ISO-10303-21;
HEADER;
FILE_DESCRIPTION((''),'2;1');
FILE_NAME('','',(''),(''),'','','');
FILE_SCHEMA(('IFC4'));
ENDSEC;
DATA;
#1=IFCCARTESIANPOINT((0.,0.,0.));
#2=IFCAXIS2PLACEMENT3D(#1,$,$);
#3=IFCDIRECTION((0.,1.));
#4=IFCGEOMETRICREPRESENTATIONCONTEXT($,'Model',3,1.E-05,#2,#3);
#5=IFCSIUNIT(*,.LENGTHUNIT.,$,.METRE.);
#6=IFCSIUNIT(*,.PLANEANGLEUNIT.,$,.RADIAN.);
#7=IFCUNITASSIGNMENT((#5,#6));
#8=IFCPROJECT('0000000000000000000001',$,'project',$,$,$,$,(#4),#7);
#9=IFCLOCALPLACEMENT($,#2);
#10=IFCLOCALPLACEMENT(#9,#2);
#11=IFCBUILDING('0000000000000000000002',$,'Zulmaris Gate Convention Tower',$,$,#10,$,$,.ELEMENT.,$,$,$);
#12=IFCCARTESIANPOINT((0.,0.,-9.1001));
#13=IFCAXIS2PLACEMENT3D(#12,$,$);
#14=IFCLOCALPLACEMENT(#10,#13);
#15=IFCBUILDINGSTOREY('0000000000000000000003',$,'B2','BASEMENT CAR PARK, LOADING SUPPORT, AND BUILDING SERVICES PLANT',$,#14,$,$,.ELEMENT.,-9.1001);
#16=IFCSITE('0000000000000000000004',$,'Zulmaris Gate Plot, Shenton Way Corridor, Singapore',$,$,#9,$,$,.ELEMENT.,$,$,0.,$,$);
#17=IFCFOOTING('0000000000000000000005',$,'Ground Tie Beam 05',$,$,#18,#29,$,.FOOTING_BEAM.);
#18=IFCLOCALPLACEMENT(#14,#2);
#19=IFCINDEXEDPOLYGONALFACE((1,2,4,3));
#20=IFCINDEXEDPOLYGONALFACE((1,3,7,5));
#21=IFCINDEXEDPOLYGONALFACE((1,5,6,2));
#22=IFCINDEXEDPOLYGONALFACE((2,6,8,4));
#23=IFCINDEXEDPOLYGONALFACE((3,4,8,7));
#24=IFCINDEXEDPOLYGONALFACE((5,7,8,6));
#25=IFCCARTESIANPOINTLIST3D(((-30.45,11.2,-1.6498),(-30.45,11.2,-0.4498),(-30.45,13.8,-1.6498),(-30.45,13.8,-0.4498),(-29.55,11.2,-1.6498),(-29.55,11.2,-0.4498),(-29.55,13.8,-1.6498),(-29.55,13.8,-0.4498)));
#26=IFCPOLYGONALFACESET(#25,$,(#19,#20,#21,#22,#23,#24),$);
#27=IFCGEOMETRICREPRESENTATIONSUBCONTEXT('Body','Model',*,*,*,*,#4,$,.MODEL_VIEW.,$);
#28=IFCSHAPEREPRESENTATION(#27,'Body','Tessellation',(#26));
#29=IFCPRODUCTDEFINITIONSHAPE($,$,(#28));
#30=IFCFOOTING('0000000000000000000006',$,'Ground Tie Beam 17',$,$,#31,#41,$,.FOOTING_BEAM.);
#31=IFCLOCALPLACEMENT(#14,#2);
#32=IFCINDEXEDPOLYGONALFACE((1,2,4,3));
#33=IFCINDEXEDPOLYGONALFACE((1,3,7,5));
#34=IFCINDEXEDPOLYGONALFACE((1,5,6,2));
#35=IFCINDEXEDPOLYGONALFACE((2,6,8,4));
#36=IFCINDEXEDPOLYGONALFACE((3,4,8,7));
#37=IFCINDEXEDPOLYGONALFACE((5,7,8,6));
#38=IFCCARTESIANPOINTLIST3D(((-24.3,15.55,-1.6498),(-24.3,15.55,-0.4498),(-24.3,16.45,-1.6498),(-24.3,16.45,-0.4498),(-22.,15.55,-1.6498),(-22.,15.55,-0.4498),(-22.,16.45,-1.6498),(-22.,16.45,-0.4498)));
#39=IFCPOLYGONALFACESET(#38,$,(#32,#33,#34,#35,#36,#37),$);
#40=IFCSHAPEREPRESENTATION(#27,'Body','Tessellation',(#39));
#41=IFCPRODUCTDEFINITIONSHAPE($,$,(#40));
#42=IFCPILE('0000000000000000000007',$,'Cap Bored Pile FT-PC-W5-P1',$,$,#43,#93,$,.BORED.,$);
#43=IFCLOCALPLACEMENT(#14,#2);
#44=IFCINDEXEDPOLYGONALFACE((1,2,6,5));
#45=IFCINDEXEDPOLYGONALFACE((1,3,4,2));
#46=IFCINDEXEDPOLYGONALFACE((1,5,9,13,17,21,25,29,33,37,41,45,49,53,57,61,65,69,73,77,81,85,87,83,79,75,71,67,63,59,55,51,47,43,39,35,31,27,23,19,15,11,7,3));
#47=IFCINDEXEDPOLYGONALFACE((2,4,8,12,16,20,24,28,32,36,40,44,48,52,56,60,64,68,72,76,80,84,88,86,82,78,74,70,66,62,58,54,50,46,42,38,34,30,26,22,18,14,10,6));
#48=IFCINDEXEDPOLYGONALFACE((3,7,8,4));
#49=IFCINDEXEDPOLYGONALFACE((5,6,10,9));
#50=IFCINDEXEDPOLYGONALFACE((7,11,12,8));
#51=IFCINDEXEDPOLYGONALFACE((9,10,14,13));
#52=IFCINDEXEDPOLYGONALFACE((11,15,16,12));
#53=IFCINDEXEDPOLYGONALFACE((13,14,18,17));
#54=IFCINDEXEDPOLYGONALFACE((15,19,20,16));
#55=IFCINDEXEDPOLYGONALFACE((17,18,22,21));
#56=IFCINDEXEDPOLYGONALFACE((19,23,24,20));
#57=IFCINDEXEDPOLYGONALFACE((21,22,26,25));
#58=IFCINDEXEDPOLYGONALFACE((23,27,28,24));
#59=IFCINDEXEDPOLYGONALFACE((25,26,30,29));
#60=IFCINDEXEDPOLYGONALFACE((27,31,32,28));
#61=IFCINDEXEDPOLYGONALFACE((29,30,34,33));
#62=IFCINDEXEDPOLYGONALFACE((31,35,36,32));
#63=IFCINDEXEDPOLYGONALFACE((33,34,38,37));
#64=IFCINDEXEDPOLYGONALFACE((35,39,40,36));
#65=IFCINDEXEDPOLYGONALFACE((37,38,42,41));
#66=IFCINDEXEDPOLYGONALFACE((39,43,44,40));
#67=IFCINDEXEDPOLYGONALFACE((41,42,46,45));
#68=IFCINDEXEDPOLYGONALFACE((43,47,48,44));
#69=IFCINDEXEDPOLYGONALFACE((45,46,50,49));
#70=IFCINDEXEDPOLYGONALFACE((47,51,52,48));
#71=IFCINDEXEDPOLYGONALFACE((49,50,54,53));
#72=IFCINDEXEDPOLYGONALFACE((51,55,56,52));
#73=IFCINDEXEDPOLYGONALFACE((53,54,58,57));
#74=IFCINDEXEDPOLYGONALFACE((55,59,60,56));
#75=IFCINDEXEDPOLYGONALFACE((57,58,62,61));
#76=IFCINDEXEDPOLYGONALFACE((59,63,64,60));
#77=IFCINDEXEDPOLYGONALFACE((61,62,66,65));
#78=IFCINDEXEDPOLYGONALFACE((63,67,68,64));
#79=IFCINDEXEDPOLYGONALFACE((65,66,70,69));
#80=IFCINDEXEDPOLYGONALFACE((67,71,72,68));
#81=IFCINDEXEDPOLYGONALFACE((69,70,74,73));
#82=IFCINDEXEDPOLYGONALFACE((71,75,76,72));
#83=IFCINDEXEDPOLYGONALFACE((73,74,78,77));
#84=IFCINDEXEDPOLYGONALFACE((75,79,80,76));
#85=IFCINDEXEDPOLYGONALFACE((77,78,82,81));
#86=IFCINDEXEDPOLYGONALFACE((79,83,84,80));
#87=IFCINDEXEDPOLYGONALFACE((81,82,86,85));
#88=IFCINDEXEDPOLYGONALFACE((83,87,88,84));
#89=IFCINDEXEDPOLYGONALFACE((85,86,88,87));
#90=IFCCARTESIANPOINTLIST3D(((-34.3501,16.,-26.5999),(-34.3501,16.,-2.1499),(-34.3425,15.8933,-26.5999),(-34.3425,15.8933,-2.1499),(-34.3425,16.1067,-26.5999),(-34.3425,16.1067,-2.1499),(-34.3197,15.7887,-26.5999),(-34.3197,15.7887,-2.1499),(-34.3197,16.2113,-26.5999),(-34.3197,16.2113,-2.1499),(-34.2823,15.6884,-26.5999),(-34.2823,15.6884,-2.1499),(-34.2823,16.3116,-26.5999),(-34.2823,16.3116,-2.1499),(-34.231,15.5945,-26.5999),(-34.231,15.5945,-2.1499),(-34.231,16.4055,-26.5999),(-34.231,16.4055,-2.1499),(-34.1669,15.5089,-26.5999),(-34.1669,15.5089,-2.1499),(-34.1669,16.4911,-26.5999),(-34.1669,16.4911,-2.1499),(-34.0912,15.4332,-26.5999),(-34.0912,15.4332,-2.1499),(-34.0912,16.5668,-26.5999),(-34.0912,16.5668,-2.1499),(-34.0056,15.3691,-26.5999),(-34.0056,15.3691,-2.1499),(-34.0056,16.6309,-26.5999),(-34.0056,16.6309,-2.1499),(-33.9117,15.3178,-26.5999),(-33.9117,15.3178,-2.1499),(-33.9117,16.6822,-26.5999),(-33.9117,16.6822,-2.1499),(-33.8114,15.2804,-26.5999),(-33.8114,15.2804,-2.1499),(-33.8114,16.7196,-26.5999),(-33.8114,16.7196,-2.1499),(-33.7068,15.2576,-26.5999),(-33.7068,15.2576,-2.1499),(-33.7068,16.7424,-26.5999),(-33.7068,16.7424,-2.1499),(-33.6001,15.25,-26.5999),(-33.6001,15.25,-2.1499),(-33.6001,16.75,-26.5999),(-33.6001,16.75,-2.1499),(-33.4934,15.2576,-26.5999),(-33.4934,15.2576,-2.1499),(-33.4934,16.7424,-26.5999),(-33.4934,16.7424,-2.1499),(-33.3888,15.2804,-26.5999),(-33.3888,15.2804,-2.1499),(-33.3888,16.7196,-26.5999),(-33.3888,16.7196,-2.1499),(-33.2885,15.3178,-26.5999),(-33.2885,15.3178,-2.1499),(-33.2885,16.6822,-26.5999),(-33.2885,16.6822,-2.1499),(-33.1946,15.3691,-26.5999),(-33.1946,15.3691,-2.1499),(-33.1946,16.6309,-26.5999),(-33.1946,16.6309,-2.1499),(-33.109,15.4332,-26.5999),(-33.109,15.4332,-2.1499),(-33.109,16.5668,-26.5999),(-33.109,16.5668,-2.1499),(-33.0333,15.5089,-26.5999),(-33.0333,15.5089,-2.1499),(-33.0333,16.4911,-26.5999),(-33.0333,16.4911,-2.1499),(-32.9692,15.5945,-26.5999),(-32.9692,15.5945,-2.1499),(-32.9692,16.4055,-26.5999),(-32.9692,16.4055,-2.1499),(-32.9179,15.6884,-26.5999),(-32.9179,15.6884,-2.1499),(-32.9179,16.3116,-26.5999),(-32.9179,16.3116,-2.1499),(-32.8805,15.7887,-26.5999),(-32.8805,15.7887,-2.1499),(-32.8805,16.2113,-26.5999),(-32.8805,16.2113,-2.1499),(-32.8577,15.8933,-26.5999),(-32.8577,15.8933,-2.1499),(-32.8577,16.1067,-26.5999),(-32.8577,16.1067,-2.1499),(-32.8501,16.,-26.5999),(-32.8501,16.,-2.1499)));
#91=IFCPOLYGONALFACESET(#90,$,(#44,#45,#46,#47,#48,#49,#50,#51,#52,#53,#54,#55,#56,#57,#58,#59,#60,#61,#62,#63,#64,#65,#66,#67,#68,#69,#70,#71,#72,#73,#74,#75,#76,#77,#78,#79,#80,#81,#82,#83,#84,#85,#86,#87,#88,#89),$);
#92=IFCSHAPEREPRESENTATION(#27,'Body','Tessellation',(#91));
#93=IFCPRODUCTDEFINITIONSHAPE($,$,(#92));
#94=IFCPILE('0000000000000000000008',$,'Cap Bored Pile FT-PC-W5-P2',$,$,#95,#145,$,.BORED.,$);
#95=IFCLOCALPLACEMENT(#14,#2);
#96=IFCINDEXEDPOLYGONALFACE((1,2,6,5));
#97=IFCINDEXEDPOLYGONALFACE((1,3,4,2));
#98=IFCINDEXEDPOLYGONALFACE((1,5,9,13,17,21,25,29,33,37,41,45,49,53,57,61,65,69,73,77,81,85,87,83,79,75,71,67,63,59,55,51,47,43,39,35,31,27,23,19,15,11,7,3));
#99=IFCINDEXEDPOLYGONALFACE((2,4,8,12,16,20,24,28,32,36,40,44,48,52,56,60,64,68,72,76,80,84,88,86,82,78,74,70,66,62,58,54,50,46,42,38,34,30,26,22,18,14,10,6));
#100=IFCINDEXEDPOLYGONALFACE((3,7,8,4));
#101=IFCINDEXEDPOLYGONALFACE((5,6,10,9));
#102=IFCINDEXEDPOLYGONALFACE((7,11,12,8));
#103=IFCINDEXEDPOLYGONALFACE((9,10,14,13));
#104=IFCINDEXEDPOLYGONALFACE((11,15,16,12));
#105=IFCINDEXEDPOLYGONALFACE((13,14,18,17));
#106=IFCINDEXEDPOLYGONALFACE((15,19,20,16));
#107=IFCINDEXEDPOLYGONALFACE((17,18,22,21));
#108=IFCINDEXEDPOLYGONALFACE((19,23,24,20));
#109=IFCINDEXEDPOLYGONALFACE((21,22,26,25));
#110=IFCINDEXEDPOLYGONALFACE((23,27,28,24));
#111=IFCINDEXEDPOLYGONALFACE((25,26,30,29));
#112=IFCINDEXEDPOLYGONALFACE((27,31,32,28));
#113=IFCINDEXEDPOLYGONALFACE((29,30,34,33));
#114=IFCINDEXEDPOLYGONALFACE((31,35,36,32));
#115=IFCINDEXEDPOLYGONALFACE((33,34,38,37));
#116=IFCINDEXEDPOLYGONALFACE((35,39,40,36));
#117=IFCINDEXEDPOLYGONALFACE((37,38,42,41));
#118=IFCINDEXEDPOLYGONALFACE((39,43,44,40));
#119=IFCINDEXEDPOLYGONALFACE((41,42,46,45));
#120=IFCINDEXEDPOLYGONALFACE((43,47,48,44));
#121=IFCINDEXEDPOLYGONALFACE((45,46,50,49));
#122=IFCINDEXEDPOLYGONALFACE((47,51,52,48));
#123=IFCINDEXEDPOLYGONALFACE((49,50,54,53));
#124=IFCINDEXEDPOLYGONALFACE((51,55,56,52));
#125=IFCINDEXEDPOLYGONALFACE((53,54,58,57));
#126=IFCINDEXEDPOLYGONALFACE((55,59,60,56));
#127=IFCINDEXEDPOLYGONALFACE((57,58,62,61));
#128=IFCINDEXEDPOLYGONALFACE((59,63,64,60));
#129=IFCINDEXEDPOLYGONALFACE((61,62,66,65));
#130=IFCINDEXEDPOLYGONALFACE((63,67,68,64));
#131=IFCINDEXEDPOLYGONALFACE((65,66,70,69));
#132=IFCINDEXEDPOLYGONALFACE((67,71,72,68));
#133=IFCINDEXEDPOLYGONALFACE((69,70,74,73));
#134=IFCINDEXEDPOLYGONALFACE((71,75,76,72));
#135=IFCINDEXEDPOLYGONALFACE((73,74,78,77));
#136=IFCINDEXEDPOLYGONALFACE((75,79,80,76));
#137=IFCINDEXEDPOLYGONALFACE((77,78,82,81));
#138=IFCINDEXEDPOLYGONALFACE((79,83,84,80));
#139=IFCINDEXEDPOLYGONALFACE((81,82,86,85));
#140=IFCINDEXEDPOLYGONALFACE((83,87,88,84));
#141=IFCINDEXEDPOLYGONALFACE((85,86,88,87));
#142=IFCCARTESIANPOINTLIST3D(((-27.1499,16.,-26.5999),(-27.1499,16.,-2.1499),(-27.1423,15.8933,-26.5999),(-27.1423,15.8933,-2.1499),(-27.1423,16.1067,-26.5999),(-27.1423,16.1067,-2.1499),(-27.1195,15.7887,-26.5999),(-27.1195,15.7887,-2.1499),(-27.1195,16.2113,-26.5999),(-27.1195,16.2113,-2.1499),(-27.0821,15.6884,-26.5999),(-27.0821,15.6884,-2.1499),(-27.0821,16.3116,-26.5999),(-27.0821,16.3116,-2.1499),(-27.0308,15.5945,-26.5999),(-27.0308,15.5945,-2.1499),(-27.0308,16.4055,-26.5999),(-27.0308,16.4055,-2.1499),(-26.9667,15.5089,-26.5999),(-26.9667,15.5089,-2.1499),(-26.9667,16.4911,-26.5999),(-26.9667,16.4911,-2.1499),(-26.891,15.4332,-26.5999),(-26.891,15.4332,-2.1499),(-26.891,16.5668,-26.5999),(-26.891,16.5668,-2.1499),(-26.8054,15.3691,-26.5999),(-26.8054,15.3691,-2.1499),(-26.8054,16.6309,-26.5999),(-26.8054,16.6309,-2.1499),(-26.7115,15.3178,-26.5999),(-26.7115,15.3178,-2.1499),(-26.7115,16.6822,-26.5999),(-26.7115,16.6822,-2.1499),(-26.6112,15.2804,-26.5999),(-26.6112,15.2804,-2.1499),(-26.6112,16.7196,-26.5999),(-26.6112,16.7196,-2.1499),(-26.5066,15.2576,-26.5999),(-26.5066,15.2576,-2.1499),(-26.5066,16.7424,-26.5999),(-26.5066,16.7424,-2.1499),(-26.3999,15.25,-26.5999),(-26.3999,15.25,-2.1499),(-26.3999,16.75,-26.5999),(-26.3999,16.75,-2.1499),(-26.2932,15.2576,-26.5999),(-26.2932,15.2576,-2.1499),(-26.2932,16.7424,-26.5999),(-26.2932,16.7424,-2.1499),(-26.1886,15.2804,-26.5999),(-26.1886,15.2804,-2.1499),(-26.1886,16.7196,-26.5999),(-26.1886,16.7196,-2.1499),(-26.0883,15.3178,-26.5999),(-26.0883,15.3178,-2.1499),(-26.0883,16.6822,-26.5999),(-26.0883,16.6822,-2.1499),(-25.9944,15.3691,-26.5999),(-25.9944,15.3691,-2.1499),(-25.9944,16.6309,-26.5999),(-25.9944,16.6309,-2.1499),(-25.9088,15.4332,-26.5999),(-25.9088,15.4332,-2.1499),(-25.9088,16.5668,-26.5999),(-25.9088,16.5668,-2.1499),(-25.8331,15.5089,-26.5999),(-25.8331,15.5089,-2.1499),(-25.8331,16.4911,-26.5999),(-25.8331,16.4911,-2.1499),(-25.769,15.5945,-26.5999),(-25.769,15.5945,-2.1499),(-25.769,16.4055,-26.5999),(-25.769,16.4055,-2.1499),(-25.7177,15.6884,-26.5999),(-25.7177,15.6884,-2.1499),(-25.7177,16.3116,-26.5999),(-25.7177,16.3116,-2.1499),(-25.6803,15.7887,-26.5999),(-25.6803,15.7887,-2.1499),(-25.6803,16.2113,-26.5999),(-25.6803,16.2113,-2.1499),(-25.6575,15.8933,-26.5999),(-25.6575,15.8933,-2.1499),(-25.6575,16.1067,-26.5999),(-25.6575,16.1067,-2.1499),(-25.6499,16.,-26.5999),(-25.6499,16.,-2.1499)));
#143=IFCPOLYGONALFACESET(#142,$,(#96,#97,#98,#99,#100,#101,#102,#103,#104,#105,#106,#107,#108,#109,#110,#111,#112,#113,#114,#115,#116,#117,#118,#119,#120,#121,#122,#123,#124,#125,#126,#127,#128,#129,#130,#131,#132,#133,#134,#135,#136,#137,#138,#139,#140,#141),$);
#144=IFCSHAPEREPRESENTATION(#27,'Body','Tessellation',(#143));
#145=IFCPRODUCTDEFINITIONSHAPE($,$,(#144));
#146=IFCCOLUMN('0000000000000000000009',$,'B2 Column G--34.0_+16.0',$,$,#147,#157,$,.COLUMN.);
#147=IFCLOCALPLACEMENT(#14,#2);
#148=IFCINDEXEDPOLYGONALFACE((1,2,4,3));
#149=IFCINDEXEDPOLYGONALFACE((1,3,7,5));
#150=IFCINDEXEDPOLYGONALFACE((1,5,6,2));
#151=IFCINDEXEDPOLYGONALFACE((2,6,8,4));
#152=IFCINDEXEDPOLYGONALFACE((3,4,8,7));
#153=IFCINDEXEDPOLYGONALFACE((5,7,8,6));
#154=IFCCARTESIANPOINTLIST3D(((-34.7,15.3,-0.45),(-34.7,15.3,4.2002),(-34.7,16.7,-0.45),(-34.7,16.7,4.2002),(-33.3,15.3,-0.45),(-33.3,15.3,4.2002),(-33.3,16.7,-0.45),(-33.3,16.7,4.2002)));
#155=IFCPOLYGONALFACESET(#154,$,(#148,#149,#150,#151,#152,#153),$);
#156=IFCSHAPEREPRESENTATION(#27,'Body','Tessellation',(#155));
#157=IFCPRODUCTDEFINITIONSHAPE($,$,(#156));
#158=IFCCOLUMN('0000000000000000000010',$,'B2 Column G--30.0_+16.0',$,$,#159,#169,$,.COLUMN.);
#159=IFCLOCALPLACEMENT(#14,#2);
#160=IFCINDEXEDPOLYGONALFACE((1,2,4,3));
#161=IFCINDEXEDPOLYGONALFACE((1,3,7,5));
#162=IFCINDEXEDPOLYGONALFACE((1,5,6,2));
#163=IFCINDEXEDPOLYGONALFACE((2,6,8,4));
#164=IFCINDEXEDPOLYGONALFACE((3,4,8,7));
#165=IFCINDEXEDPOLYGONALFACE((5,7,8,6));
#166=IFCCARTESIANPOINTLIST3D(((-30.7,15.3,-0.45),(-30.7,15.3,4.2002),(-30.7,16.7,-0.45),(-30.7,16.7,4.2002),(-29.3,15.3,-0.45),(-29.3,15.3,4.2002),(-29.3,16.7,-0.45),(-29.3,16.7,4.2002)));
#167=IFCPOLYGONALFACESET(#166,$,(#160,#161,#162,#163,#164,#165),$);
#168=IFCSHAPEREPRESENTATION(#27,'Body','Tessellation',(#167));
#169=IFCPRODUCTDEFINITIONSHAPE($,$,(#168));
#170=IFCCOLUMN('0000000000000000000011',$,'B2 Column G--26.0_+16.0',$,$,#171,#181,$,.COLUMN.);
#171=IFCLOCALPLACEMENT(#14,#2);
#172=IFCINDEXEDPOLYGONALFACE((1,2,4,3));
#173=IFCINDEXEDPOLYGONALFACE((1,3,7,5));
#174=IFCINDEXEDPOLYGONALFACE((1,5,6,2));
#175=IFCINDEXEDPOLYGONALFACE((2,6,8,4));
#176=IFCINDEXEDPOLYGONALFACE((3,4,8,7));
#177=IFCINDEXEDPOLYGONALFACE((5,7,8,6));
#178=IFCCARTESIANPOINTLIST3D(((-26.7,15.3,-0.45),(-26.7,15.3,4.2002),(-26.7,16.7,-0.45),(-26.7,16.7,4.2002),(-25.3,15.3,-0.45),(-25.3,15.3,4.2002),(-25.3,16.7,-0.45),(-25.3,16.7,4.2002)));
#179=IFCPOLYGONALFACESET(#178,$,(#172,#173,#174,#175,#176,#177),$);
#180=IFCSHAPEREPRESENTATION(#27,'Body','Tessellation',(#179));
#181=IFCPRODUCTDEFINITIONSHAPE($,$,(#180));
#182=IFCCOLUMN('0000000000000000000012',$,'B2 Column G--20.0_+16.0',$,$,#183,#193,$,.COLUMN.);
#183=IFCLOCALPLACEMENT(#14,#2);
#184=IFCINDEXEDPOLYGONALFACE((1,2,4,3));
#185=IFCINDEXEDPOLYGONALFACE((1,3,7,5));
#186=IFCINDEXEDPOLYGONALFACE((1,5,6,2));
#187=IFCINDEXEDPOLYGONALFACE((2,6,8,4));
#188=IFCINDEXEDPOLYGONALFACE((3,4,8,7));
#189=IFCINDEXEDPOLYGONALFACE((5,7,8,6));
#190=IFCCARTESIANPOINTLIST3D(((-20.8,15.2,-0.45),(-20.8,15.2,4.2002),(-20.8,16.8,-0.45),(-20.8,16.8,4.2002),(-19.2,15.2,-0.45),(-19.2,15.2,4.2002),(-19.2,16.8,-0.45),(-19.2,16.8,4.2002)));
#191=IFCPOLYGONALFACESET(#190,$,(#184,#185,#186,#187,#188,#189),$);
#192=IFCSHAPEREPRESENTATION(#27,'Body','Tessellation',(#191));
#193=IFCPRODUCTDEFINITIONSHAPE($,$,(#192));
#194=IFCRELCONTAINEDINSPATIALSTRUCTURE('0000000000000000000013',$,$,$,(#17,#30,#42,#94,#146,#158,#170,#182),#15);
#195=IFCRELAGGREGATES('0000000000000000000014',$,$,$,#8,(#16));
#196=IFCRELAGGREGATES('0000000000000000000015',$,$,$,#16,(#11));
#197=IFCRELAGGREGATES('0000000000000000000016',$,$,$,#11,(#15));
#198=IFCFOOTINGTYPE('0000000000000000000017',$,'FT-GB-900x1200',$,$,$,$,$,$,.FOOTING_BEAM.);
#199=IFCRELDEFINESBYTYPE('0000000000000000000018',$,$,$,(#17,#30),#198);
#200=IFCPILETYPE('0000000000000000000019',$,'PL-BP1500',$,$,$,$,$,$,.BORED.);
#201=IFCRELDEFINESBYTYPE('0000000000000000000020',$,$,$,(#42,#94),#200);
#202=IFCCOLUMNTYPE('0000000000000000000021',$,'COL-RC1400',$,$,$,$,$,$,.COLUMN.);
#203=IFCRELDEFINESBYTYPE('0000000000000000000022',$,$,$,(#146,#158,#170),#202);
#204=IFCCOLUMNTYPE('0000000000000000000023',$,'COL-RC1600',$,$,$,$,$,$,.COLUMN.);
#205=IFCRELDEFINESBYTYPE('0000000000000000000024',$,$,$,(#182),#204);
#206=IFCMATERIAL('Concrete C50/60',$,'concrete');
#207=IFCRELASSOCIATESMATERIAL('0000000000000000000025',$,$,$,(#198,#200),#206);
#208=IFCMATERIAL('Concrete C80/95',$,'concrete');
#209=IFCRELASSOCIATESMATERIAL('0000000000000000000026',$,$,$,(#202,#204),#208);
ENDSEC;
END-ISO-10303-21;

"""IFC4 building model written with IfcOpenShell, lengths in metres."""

from ifc_helpers import new_model, si_unit, direction, frame, origin, origin_2d, place, context, subcontext, project, spatial, rectangle, circle, extrude, material, material_profile, profile_set, type_object, element, save


model = new_model("IFC4")

# Units and contexts
model_context = context("Model", 3, precision=1e-05, world=origin(), true_north=direction((0.0, 1.0)))
body_context = subcontext(model_context, "Body", "Model", "MODEL_VIEW")
ifc_project = project(units=[si_unit("LENGTHUNIT", "METRE"), si_unit("PLANEANGLEUNIT", "RADIAN")], contexts=[model_context])

# Site, building, storey
site_placement = place(None, origin())
site = spatial("IfcSite", under=ifc_project, at=site_placement, Name="Zulmaris Gate Plot, Shenton Way Corridor, Singapore", CompositionType="ELEMENT", RefElevation=0.0)
building_placement = place(site_placement, origin())
building = spatial("IfcBuilding", under=site, at=building_placement, Name="Zulmaris Gate Convention Tower", CompositionType="ELEMENT")
storey_placement = place(building_placement, frame((0.0, 0.0, -9.1001)))
storey = spatial("IfcBuildingStorey", under=building, at=storey_placement, Name="B2", Description="BASEMENT CAR PARK, LOADING SUPPORT, AND BUILDING SERVICES PLANT", CompositionType="ELEMENT", Elevation=-9.1001)

# Footings
ifc_material_1 = material(Name="Concrete C50/60", Category="concrete")
ifc_material_profile_1 = material_profile(ifc_material_1, rectangle(XDim=0.8999, YDim=1.2, at=origin_2d()), Name="RC TIE 900x1200")
ifc_profile_set_1 = profile_set([ifc_material_profile_1], Name="Concrete C50/60")
footing_type = type_object("IfcFootingType", Name="FT-GB-900x1200", PredefinedType="FOOTING_BEAM", material=ifc_profile_set_1)
footing_1_placement = place(storey_placement, frame((-30.0, 11.2, -1.0498), z_axis=(0.0, 1.0, 0.0), x_axis=(-1.0, 0.0, 0.0)))
element("IfcFooting", 1, at=footing_1_placement, inside=storey, type_object=footing_type, Name="Ground Tie Beam 05", PredefinedType="FOOTING_BEAM", context=body_context, shape_type="SweptSolid", body=[
    extrude(rectangle(XDim=0.8999, YDim=1.2, at=origin_2d()), origin(), (0.0, 0.0, 1.0), 2.6001),
])
footing_2_placement = place(storey_placement, frame((-24.3, 16.0, -1.0498), z_axis=(1.0, 0.0, 0.0), x_axis=(0.0, 1.0, 0.0)))
element("IfcFooting", 2, at=footing_2_placement, inside=storey, type_object=footing_type, Name="Ground Tie Beam 17", PredefinedType="FOOTING_BEAM", context=body_context, shape_type="SweptSolid", body=[
    extrude(rectangle(XDim=0.8999, YDim=1.2, at=origin_2d()), origin(), (0.0, 0.0, 1.0), 2.3),
])

# Piles
ifc_material_profile_2 = material_profile(ifc_material_1, circle(Radius=0.75, at=origin_2d()), Name="BORED PILE 1500")
ifc_profile_set_2 = profile_set([ifc_material_profile_2], Name="Concrete C50/60")
pile_type = type_object("IfcPileType", Name="PL-BP1500", PredefinedType="BORED", material=ifc_profile_set_2)
for number, where, z_axis, x_axis, name in (
    (3, (-33.6001, 16.0, -2.1499), (0.0, 0.0, -1.0), (1.0, 0.0, 0.0), "Cap Bored Pile FT-PC-W5-P1"),
    (4, (-26.3999, 16.0, -2.1499), (0.0, 0.0, -1.0), (1.0, 0.0, 0.0), "Cap Bored Pile FT-PC-W5-P2"),
):
    element("IfcPile", number, at=place(storey_placement, frame(where, z_axis=z_axis, x_axis=x_axis)), inside=storey, type_object=pile_type, Name=name, PredefinedType="BORED", context=body_context, shape_type="SweptSolid", body=[
        extrude(circle(Radius=0.75, at=origin_2d()), origin(), (0.0, 0.0, 1.0), 24.45),
    ])

# Columns
ifc_material_2 = material(Name="Concrete C80/95", Category="concrete")
ifc_material_profile_3 = material_profile(ifc_material_2, rectangle(XDim=1.3999, YDim=1.3999, at=origin_2d()), Name="RC COL 1400x1400")
ifc_profile_set_3 = profile_set([ifc_material_profile_3], Name="Concrete C80/95")
column_type_1 = type_object("IfcColumnType", Name="COL-RC1400", PredefinedType="COLUMN", material=ifc_profile_set_3)
for number, where, z_axis, x_axis, name in (
    (5, (-34.0, 16.0, -0.45), (0.0, 0.0, 1.0), (1.0, 0.0, 0.0), "B2 Column G--34.0_+16.0"),
    (6, (-30.0, 16.0, -0.45), (0.0, 0.0, 1.0), (1.0, 0.0, 0.0), "B2 Column G--30.0_+16.0"),
    (7, (-26.0, 16.0, -0.45), (0.0, 0.0, 1.0), (1.0, 0.0, 0.0), "B2 Column G--26.0_+16.0"),
):
    element("IfcColumn", number, at=place(storey_placement, frame(where, z_axis=z_axis, x_axis=x_axis)), inside=storey, type_object=column_type_1, Name=name, PredefinedType="COLUMN", context=body_context, shape_type="SweptSolid", body=[
        extrude(rectangle(XDim=1.3999, YDim=1.3999, at=origin_2d()), origin(), (0.0, 0.0, 1.0), 4.6501),
    ])
ifc_material_profile_4 = material_profile(ifc_material_2, rectangle(XDim=1.6001, YDim=1.6001, at=origin_2d()), Name="RC COL 1600x1600")
ifc_profile_set_4 = profile_set([ifc_material_profile_4], Name="Concrete C80/95")
column_type_2 = type_object("IfcColumnType", Name="COL-RC1600", PredefinedType="COLUMN", material=ifc_profile_set_4)
column_placement = place(storey_placement, frame((-20.0, 16.0, -0.45), z_axis=(0.0, 0.0, 1.0), x_axis=(1.0, 0.0, 0.0)))
element("IfcColumn", 8, at=column_placement, inside=storey, type_object=column_type_2, Name="B2 Column G--20.0_+16.0", PredefinedType="COLUMN", context=body_context, shape_type="SweptSolid", body=[
    extrude(rectangle(XDim=1.6001, YDim=1.6001, at=origin_2d()), origin(), (0.0, 0.0, 1.0), 4.6501),
])

save(model, "model.ifc")
